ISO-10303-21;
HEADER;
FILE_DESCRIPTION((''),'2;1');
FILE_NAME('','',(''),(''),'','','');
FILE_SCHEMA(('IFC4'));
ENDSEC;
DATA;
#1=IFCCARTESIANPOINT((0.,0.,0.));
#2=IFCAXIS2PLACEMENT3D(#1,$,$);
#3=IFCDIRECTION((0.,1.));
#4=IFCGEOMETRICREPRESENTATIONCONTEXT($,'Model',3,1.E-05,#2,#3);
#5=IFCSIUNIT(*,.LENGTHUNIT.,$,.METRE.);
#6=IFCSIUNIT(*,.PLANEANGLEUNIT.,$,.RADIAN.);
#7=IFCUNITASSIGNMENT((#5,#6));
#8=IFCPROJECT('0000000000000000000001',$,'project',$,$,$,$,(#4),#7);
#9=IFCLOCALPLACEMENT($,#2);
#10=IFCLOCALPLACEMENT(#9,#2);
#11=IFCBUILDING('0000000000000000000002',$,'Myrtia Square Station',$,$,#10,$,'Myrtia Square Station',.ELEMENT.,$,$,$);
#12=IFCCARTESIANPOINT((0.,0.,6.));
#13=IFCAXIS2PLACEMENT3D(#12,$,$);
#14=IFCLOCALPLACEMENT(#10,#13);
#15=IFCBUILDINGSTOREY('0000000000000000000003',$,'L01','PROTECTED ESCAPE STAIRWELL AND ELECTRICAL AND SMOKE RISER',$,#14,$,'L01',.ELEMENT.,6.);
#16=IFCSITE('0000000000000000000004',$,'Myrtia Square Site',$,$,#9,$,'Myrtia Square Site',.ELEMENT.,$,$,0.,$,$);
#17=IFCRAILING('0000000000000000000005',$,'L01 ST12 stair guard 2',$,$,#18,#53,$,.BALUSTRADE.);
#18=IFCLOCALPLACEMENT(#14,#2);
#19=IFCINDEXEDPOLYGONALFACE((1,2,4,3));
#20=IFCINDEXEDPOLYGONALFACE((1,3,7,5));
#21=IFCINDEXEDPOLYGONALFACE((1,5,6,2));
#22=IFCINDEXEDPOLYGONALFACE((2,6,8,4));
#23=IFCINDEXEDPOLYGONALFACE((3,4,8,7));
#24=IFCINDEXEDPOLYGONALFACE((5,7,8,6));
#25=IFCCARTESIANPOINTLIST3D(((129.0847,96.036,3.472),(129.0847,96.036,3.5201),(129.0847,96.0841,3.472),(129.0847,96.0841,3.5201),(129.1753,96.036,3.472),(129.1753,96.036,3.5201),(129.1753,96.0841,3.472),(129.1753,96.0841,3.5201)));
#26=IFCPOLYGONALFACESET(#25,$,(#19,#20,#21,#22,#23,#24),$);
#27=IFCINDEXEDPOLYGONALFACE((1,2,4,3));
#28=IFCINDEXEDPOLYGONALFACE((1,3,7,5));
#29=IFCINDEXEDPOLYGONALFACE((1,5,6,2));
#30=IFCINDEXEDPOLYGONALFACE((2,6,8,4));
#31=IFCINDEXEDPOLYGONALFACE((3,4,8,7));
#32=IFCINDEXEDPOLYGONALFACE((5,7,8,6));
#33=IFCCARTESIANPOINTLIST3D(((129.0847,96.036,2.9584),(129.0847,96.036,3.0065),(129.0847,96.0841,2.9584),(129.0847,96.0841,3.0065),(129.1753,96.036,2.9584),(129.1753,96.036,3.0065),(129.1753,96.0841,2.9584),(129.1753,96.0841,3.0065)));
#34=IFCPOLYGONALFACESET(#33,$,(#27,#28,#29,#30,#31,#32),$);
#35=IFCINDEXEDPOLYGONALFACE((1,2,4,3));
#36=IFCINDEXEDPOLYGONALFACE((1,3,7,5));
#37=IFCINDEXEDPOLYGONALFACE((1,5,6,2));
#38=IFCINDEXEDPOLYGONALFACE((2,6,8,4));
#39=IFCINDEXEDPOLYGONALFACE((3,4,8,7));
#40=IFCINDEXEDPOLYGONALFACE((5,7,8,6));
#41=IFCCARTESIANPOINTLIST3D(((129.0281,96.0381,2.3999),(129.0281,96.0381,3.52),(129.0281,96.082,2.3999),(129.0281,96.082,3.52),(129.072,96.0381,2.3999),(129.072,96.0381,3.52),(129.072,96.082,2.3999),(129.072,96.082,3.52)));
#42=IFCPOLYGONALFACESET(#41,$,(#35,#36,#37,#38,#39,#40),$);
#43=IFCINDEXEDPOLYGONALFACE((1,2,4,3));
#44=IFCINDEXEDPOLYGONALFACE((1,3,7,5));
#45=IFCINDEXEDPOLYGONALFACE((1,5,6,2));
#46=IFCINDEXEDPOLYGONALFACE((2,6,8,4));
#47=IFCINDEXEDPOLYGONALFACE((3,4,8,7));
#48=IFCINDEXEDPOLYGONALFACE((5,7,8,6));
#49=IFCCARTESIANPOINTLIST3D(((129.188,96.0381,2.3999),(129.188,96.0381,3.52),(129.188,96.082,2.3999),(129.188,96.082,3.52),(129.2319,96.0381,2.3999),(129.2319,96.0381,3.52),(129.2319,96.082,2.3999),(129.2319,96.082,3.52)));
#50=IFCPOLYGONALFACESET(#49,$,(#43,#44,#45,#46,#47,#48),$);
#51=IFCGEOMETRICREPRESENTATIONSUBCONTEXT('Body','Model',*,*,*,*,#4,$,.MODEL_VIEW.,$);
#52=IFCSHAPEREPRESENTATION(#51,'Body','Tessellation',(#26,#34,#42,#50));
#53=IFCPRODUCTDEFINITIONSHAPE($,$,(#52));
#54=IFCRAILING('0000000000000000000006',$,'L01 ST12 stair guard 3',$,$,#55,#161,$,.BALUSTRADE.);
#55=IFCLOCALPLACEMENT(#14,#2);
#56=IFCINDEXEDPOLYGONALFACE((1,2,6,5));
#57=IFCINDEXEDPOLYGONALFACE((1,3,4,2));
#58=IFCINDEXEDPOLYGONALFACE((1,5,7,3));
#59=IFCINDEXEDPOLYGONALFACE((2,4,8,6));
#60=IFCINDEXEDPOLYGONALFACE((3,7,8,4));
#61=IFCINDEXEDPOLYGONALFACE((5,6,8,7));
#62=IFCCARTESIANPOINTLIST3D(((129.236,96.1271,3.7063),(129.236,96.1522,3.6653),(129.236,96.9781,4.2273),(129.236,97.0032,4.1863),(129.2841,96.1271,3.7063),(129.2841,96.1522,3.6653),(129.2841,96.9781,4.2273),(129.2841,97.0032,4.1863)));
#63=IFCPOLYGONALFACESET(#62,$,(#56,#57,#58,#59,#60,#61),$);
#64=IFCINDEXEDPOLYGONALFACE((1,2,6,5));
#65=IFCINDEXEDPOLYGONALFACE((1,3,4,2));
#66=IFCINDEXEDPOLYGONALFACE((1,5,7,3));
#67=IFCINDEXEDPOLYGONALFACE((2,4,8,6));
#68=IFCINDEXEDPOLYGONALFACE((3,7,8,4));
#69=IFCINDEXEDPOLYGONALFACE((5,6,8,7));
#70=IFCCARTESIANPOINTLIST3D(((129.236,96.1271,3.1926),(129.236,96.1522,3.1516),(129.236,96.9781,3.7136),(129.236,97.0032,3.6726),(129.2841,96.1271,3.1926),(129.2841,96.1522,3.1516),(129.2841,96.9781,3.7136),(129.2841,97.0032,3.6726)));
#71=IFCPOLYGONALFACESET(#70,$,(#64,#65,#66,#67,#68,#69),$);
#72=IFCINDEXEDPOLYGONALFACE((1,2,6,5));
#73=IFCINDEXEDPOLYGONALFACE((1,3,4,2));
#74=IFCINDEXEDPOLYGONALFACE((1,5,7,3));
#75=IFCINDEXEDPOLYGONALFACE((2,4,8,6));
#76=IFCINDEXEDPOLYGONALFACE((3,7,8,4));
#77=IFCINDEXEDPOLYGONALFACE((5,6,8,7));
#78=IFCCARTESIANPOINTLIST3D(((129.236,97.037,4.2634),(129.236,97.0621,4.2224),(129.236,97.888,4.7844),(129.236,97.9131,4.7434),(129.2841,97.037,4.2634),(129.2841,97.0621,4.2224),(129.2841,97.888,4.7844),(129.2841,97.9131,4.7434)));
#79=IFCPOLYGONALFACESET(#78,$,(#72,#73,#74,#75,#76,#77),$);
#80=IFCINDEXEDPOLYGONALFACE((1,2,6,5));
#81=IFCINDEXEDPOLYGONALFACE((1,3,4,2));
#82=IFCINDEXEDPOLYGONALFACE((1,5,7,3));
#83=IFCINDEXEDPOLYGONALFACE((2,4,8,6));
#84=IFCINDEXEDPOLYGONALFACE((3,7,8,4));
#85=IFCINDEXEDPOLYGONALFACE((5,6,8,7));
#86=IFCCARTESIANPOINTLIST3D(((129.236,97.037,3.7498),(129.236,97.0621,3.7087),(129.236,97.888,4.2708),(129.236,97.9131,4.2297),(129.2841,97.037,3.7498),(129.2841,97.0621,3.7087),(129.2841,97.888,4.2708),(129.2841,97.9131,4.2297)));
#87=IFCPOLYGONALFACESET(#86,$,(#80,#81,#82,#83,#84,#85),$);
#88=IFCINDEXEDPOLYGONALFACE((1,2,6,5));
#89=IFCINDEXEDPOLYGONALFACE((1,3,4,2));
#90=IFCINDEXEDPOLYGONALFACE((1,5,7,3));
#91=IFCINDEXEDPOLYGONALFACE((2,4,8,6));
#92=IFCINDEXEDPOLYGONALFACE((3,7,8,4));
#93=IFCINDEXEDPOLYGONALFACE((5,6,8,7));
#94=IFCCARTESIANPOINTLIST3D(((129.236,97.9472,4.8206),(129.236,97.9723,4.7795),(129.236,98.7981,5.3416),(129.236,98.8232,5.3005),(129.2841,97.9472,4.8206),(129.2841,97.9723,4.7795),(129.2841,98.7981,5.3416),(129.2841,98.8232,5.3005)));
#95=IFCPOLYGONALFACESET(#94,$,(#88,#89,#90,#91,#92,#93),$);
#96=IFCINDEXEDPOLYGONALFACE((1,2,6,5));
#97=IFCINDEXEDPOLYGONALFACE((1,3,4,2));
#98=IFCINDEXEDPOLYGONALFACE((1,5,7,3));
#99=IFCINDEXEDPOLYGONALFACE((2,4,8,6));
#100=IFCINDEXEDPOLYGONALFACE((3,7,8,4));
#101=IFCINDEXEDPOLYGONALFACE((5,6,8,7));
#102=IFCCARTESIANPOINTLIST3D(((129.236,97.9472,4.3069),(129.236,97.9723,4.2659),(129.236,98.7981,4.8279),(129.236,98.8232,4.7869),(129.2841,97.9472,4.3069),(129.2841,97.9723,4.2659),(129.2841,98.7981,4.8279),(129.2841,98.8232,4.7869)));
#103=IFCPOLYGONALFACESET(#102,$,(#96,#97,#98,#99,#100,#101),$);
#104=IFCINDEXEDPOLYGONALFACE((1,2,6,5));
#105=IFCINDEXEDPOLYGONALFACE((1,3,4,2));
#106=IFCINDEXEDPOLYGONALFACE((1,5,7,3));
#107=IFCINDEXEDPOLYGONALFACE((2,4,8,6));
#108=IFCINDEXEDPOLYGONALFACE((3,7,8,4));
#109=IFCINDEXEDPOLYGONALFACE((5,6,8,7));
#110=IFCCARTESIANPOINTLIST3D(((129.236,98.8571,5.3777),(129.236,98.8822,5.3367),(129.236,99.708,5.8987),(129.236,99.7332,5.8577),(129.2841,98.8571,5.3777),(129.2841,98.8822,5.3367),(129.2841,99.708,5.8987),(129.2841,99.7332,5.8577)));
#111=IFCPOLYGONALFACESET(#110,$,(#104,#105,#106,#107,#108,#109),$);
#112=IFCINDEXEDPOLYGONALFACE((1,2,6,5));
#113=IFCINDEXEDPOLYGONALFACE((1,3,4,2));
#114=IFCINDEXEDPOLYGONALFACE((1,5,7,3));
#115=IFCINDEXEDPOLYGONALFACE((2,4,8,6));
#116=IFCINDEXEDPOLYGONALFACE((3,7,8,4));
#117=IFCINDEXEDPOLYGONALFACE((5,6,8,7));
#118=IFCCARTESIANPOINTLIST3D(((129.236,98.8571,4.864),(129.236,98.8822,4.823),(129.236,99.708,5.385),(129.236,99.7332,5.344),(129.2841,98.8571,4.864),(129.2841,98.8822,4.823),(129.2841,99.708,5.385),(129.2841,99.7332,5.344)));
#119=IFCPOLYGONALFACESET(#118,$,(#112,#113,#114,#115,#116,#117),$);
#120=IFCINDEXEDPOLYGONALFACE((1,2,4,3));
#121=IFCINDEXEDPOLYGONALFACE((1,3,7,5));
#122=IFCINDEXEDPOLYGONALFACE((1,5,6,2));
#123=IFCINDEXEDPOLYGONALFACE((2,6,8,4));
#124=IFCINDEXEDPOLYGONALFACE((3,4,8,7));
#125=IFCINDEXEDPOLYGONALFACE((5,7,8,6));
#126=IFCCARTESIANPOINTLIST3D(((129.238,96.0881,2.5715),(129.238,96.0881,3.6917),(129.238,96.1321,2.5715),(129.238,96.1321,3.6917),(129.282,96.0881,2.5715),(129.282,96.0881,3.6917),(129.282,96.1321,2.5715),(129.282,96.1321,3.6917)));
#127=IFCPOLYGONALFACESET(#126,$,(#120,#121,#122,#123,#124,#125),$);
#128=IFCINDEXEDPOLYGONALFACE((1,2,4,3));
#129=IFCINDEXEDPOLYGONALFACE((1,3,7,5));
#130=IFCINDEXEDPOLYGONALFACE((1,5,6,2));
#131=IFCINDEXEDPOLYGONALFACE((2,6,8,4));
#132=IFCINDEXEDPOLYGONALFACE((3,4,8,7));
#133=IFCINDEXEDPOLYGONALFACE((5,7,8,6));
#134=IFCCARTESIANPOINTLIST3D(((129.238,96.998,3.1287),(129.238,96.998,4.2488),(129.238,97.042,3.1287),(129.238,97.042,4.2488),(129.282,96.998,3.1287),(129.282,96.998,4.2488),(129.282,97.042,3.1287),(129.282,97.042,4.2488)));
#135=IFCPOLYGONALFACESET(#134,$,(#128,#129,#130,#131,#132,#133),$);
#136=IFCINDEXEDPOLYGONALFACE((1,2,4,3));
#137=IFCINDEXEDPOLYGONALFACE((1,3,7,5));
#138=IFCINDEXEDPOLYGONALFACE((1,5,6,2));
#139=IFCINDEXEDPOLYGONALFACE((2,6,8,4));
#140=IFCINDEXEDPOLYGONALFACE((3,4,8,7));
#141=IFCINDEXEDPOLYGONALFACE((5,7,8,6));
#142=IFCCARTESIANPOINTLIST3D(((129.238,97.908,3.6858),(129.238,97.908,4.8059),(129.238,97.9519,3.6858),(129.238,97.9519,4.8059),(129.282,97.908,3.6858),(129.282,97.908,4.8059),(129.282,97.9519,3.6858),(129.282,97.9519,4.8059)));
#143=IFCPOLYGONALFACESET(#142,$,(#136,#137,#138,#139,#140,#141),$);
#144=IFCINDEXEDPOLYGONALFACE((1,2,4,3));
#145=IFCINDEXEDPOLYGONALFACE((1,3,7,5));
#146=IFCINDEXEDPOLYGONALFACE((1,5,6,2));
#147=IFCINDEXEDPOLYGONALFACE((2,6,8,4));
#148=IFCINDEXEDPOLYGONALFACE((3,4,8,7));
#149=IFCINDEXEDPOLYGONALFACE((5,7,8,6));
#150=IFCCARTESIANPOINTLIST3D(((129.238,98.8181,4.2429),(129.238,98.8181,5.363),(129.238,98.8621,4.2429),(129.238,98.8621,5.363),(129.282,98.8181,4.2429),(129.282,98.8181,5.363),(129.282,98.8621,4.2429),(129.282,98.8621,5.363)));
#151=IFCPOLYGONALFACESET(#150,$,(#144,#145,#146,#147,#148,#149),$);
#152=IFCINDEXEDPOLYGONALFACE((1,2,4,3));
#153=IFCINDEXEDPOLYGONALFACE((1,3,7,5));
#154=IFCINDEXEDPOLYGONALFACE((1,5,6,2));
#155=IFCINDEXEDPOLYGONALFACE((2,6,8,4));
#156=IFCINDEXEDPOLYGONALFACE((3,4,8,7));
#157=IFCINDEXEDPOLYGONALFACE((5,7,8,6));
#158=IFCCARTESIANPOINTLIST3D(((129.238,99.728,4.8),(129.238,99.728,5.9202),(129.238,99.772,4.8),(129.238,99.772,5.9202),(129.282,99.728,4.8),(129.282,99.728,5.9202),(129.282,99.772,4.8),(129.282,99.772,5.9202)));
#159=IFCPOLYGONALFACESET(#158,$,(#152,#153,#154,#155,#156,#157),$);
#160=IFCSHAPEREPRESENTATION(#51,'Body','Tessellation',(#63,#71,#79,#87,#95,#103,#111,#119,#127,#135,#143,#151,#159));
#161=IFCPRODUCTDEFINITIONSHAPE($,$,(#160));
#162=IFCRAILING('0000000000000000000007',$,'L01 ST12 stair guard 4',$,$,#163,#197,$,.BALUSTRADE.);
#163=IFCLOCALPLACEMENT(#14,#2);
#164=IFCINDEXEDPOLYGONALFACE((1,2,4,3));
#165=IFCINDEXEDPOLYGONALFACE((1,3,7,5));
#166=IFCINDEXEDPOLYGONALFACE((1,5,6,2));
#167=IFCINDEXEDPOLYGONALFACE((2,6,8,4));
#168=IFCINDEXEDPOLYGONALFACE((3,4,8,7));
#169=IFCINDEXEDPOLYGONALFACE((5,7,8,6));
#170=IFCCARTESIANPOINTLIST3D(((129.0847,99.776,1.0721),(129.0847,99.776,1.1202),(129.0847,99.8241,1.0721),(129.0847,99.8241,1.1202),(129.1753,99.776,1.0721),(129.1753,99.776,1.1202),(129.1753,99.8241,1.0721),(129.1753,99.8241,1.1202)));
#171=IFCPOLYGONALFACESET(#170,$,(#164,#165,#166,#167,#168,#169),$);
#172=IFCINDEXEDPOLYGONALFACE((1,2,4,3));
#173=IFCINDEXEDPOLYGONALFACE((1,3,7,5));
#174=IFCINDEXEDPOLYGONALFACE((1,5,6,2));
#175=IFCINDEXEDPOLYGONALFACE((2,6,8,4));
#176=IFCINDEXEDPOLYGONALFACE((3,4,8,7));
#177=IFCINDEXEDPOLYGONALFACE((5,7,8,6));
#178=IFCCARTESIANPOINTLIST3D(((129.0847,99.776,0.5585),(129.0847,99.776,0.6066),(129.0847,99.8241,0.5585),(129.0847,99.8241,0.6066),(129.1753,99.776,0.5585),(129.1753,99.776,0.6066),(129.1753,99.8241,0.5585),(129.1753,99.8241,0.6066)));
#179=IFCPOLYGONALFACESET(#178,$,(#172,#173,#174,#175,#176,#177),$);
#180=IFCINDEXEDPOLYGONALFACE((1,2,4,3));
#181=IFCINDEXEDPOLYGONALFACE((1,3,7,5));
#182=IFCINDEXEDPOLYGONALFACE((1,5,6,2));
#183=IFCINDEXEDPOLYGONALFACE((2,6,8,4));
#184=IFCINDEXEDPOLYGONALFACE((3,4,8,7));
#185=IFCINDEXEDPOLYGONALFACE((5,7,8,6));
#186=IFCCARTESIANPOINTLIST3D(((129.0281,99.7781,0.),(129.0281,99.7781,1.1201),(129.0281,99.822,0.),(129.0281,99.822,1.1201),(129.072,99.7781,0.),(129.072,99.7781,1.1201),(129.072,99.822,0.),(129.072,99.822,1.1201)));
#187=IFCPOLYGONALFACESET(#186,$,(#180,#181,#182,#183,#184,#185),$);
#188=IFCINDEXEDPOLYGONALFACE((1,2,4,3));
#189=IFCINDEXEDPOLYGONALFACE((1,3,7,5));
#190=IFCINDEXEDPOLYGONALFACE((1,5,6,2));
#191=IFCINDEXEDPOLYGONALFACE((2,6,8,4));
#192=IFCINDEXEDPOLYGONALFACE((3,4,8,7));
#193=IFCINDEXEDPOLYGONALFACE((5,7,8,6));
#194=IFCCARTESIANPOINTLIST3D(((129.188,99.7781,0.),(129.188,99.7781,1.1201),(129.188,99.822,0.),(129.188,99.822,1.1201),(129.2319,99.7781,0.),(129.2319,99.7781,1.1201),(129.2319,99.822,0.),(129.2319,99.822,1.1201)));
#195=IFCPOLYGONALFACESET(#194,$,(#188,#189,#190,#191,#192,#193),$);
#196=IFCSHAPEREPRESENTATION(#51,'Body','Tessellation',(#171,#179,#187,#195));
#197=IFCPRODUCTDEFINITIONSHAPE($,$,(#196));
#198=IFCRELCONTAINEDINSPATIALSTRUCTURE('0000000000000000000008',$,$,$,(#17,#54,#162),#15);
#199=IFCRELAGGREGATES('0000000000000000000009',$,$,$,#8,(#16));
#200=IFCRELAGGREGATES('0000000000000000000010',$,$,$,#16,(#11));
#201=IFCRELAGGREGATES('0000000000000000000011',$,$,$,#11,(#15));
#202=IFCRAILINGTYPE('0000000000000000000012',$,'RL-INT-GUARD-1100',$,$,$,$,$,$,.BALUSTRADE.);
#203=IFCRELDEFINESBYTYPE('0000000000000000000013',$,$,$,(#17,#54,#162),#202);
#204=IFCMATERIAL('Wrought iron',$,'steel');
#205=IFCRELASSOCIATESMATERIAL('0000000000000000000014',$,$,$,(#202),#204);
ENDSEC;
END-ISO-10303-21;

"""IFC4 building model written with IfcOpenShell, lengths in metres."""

from ifc_helpers import new_model, si_unit, direction, frame, origin, origin_2d, place, context, subcontext, project, spatial, rectangle, extrude, material, type_object, element, save


model = new_model("IFC4")

# Units and contexts
model_context = context("Model", 3, precision=1e-05, world=origin(), true_north=direction((0.0, 1.0)))
body_context = subcontext(model_context, "Body", "Model", "MODEL_VIEW")
ifc_project = project(units=[si_unit("LENGTHUNIT", "METRE"), si_unit("PLANEANGLEUNIT", "RADIAN")], contexts=[model_context])

# Site, building, storey
site_placement = place(None, origin())
site = spatial("IfcSite", under=ifc_project, at=site_placement, Name="Myrtia Square Site", LongName="Myrtia Square Site", CompositionType="ELEMENT", RefElevation=0.0)
building_placement = place(site_placement, origin())
building = spatial("IfcBuilding", under=site, at=building_placement, Name="Myrtia Square Station", LongName="Myrtia Square Station", CompositionType="ELEMENT")
storey_placement = place(building_placement, frame((0.0, 0.0, 6.0)))
storey = spatial("IfcBuildingStorey", under=building, at=storey_placement, Name="L01", Description="PROTECTED ESCAPE STAIRWELL AND ELECTRICAL AND SMOKE RISER", LongName="L01", CompositionType="ELEMENT", Elevation=6.0)

# Railings
ifc_material_1 = material(Name="Wrought iron", Category="steel")
railing_type_1 = type_object("IfcRailingType", Name="RL-INT-GUARD-1100", PredefinedType="BALUSTRADE", material=ifc_material_1)
railing_1_placement = place(storey_placement, frame((129.05, 96.0601, 2.3999)))
element("IfcRailing", 1, at=railing_1_placement, inside=storey, type_object=railing_type_1, Name="L01 ST12 stair guard 2", PredefinedType="BALUSTRADE", context=body_context, shape_type="SweptSolid", body=[
    extrude(rectangle(XDim=0.0481, YDim=0.0481, at=origin_2d()), frame((0.0347, 0.0, 1.0962), z_axis=(1.0, 0.0, 0.0), x_axis=(0.0, 1.0, 0.0)), (0.0, 0.0, 1.0), 0.0906),
    extrude(rectangle(XDim=0.0481, YDim=0.0481, at=origin_2d()), frame((0.0347, 0.0, 0.5825), z_axis=(1.0, 0.0, 0.0), x_axis=(0.0, 1.0, 0.0)), (0.0, 0.0, 1.0), 0.0906),
    extrude(rectangle(XDim=0.0439, YDim=0.0439, at=origin_2d()), origin(), (0.0, 0.0, 1.0), 1.1201),
    extrude(rectangle(XDim=0.0439, YDim=0.0439, at=origin_2d()), frame((0.1599, 0.0, 0.0)), (0.0, 0.0, 1.0), 1.1201),
])
railing_2_placement = place(storey_placement, frame((129.26, 96.1101, 2.5715)))
element("IfcRailing", 2, at=railing_2_placement, inside=storey, type_object=railing_type_1, Name="L01 ST12 stair guard 3", PredefinedType="BALUSTRADE", context=body_context, shape_type="SweptSolid", body=[
    extrude(rectangle(XDim=0.0481, YDim=0.0481, at=origin_2d()), frame((0.0, 0.0295, 1.1143), z_axis=(0.0, 0.85285, 0.522156), x_axis=(-1.0, 0.0, 0.0)), (0.0, 0.0, 1.0), 0.9978),
    extrude(rectangle(XDim=0.0481, YDim=0.0481, at=origin_2d()), frame((0.0, 0.0295, 0.6006), z_axis=(0.0, 0.85285, 0.522156), x_axis=(-1.0, 0.0, 0.0)), (0.0, 0.0, 1.0), 0.9978),
    extrude(rectangle(XDim=0.0481, YDim=0.0481, at=origin_2d()), frame((0.0, 0.9395, 1.6714), z_axis=(0.0, 0.85285, 0.522156), x_axis=(-1.0, 0.0, 0.0)), (0.0, 0.0, 1.0), 0.9978),
    extrude(rectangle(XDim=0.0481, YDim=0.0481, at=origin_2d()), frame((0.0, 0.9395, 1.1577), z_axis=(0.0, 0.85285, 0.522156), x_axis=(-1.0, 0.0, 0.0)), (0.0, 0.0, 1.0), 0.9978),
    extrude(rectangle(XDim=0.0481, YDim=0.0481, at=origin_2d()), frame((0.0, 1.8496, 2.2285), z_axis=(0.0, 0.85285, 0.522156), x_axis=(-1.0, 0.0, 0.0)), (0.0, 0.0, 1.0), 0.9978),
    extrude(rectangle(XDim=0.0481, YDim=0.0481, at=origin_2d()), frame((0.0, 1.8496, 1.7148), z_axis=(0.0, 0.85285, 0.522156), x_axis=(-1.0, 0.0, 0.0)), (0.0, 0.0, 1.0), 0.9978),
    extrude(rectangle(XDim=0.0481, YDim=0.0481, at=origin_2d()), frame((0.0, 2.7595, 2.7856), z_axis=(0.0, 0.85285, 0.522156), x_axis=(-1.0, 0.0, 0.0)), (0.0, 0.0, 1.0), 0.9978),
    extrude(rectangle(XDim=0.0481, YDim=0.0481, at=origin_2d()), frame((0.0, 2.7595, 2.272), z_axis=(0.0, 0.85285, 0.522156), x_axis=(-1.0, 0.0, 0.0)), (0.0, 0.0, 1.0), 0.9978),
    extrude(rectangle(XDim=0.0439, YDim=0.0439, at=origin_2d()), origin(), (0.0, 0.0, 1.0), 1.1201),
    extrude(rectangle(XDim=0.0439, YDim=0.0439, at=origin_2d()), frame((0.0, 0.9099, 0.5571)), (0.0, 0.0, 1.0), 1.1201),
    extrude(rectangle(XDim=0.0439, YDim=0.0439, at=origin_2d()), frame((0.0, 1.8198, 1.1143)), (0.0, 0.0, 1.0), 1.1201),
    extrude(rectangle(XDim=0.0439, YDim=0.0439, at=origin_2d()), frame((0.0, 2.73, 1.6714)), (0.0, 0.0, 1.0), 1.1201),
    extrude(rectangle(XDim=0.0439, YDim=0.0439, at=origin_2d()), frame((0.0, 3.6399, 2.2285)), (0.0, 0.0, 1.0), 1.1201),
])
railing_3_placement = place(storey_placement, frame((129.05, 99.8, 0.0)))
element("IfcRailing", 3, at=railing_3_placement, inside=storey, type_object=railing_type_1, Name="L01 ST12 stair guard 4", PredefinedType="BALUSTRADE", context=body_context, shape_type="SweptSolid", body=[
    extrude(rectangle(XDim=0.0481, YDim=0.0481, at=origin_2d()), frame((0.0347, 0.0, 1.0962), z_axis=(1.0, 0.0, 0.0), x_axis=(0.0, 1.0, 0.0)), (0.0, 0.0, 1.0), 0.0906),
    extrude(rectangle(XDim=0.0481, YDim=0.0481, at=origin_2d()), frame((0.0347, 0.0, 0.5825), z_axis=(1.0, 0.0, 0.0), x_axis=(0.0, 1.0, 0.0)), (0.0, 0.0, 1.0), 0.0906),
    extrude(rectangle(XDim=0.0439, YDim=0.0439, at=origin_2d()), origin(), (0.0, 0.0, 1.0), 1.1201),
    extrude(rectangle(XDim=0.0439, YDim=0.0439, at=origin_2d()), frame((0.1599, 0.0, 0.0)), (0.0, 0.0, 1.0), 1.1201),
])

save(model, "model.ifc")
